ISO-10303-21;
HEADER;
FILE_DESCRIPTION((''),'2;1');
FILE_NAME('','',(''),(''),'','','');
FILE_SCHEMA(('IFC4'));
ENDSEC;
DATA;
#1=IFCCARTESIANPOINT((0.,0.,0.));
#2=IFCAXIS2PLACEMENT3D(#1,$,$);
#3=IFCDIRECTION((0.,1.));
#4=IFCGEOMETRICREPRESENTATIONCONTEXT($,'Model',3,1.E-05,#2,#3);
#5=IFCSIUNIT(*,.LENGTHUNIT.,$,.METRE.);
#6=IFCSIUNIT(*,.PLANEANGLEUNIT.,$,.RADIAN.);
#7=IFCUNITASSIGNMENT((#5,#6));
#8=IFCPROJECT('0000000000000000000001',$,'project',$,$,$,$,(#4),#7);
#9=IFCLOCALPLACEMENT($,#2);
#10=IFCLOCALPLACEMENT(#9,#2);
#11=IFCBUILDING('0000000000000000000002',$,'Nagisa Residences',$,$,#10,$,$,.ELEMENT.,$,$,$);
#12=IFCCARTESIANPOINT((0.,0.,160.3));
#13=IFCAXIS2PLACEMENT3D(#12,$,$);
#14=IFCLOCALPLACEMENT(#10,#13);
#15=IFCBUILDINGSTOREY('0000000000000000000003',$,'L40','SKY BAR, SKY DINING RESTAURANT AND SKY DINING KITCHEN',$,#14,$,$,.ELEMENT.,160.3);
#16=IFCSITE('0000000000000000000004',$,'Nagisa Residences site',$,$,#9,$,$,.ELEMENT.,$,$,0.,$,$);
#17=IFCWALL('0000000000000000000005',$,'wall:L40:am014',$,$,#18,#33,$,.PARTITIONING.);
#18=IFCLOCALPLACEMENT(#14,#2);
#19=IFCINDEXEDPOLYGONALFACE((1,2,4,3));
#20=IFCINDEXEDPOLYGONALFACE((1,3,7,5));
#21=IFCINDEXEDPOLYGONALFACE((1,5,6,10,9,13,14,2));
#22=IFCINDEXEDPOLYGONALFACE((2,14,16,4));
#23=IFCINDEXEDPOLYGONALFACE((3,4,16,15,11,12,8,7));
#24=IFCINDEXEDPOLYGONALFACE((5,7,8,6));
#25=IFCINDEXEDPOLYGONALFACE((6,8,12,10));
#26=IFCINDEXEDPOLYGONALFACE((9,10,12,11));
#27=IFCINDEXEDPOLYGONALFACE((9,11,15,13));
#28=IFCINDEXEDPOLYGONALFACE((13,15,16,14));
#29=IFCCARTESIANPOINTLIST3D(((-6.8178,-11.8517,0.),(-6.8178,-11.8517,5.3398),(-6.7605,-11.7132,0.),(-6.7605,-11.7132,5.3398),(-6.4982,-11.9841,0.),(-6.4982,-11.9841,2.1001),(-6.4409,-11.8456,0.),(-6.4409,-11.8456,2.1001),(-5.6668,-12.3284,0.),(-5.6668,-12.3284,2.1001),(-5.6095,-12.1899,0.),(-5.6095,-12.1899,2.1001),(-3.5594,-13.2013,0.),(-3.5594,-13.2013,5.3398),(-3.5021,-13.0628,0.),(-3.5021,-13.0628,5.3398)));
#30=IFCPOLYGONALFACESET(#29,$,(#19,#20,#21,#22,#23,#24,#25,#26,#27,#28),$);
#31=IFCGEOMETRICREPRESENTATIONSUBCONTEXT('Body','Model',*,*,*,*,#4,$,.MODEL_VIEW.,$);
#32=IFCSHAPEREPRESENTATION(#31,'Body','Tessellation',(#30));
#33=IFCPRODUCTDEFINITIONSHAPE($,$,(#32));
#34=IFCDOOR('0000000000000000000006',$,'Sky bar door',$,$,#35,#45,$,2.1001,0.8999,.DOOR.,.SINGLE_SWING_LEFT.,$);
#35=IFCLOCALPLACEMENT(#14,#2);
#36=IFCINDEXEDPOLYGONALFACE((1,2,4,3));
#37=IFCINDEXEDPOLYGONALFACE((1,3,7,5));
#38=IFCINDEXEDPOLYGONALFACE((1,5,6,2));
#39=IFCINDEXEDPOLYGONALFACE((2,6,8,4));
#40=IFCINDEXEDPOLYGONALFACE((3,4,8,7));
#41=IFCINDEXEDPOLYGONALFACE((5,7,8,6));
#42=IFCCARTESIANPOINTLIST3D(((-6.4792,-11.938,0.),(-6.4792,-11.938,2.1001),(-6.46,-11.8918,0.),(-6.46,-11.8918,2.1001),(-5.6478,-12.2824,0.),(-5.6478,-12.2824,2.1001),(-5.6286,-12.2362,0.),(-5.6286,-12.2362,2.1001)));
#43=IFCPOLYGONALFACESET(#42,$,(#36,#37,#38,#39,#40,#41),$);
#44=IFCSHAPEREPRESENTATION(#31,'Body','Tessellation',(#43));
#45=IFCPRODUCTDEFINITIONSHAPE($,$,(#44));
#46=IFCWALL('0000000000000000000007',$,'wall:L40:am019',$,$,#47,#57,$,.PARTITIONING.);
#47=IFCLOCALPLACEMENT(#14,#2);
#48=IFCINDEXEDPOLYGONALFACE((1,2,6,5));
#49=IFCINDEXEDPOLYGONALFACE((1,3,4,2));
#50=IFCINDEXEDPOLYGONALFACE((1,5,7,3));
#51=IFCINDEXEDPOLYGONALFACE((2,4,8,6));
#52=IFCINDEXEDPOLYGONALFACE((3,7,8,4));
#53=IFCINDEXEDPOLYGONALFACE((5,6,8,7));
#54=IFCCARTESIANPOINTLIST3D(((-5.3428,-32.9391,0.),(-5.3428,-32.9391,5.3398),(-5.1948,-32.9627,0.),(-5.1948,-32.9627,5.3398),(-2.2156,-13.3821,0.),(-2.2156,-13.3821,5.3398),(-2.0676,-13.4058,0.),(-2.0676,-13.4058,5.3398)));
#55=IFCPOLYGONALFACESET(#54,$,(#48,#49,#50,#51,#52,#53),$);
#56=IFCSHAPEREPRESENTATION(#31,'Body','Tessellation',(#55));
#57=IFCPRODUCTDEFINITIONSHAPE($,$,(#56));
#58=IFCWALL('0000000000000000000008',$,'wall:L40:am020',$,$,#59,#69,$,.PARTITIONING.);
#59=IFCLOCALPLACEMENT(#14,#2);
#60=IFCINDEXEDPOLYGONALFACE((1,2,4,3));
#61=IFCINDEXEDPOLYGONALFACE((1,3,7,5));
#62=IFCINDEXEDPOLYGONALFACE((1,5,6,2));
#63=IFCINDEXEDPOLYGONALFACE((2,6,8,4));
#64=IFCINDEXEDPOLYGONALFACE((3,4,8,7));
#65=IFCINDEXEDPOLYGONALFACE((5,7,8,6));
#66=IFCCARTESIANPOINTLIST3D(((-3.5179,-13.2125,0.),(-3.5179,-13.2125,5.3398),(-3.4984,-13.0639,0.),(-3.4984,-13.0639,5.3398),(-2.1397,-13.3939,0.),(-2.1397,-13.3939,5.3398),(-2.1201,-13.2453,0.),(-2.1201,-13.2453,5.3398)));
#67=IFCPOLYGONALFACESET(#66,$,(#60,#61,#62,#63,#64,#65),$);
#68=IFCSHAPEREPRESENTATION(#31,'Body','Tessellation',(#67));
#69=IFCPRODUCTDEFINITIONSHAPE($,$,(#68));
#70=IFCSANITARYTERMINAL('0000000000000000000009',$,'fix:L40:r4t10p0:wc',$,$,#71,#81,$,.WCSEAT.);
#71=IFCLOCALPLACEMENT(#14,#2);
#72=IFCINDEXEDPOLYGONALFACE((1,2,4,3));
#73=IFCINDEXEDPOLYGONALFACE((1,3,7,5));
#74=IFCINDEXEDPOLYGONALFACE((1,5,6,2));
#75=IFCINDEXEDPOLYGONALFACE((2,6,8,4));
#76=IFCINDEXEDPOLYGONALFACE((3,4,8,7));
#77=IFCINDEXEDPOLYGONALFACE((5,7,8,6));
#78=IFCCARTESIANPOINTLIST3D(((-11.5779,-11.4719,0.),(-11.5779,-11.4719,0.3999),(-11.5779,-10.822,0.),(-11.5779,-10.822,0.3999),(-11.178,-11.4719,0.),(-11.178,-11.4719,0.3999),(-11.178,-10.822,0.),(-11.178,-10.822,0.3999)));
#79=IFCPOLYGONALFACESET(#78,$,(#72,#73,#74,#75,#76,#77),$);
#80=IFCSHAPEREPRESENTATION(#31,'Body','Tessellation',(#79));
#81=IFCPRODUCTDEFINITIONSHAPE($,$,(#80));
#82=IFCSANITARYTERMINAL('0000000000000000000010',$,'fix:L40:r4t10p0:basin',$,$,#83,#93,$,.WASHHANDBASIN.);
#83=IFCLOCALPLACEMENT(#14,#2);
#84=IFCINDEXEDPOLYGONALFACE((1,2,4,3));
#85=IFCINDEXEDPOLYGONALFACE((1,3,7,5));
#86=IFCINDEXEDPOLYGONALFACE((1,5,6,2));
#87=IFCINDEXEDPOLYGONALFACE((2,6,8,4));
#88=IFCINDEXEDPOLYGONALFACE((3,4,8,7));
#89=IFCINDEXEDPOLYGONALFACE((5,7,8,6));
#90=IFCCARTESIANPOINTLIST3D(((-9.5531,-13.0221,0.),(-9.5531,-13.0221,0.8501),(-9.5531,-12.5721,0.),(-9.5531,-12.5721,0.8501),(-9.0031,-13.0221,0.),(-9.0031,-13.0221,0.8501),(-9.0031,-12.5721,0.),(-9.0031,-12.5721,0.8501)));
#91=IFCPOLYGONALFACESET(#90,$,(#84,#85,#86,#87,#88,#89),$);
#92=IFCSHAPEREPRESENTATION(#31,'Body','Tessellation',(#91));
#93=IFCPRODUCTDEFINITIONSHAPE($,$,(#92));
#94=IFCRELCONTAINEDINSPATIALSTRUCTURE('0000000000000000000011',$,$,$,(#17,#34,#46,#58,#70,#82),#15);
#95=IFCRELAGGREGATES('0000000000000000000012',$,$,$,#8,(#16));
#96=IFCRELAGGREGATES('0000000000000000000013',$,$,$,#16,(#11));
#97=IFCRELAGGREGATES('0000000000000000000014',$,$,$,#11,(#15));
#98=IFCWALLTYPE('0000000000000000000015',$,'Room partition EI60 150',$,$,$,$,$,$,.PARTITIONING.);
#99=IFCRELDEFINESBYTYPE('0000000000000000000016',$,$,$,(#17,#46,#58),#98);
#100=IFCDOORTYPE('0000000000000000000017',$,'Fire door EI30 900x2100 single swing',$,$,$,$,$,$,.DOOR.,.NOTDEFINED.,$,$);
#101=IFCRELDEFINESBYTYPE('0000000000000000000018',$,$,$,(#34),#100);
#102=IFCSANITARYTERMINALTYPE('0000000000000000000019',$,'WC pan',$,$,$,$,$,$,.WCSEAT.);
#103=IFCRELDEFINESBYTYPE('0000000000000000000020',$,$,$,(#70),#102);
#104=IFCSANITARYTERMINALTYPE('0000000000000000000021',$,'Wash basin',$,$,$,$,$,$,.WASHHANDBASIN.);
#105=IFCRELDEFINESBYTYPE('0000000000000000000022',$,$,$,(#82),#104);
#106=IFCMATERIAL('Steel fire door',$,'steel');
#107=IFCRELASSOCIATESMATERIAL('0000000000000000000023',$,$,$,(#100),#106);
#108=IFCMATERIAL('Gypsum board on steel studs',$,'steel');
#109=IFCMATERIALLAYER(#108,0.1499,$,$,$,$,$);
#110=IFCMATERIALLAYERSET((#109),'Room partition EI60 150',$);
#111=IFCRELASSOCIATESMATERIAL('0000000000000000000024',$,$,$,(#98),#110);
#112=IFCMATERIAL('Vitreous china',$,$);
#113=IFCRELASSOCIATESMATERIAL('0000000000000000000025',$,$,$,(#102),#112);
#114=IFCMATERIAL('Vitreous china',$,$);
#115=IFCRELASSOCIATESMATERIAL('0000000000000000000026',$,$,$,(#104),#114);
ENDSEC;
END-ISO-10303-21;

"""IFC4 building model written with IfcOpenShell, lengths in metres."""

from ifc_helpers import new_model, si_unit, direction, frame, frame_2d, origin, origin_2d, place, context, subcontext, project, spatial, rectangle, extrude, material, layer, layer_set, type_object, element, fill, save


model = new_model("IFC4")

# Units and contexts
model_context = context("Model", 3, precision=1e-05, world=origin(), true_north=direction((0.0, 1.0)))
body_context = subcontext(model_context, "Body", "Model", "MODEL_VIEW")
ifc_project = project(units=[si_unit("LENGTHUNIT", "METRE"), si_unit("PLANEANGLEUNIT", "RADIAN")], contexts=[model_context])

# Site, building, storey
site_placement = place(None, origin())
site = spatial("IfcSite", under=ifc_project, at=site_placement, Name="Nagisa Residences site", CompositionType="ELEMENT", RefElevation=0.0)
building_placement = place(site_placement, origin())
building = spatial("IfcBuilding", under=site, at=building_placement, Name="Nagisa Residences", CompositionType="ELEMENT")
storey_placement = place(building_placement, frame((0.0, 0.0, 160.3)))
storey = spatial("IfcBuildingStorey", under=building, at=storey_placement, Name="L40", Description="SKY BAR, SKY DINING RESTAURANT AND SKY DINING KITCHEN", CompositionType="ELEMENT", Elevation=160.3)

# Shared definitions
ifc_material_1 = material(Name="Steel fire door", Category="steel")
door_type_1 = type_object("IfcDoorType", Name="Fire door EI30 900x2100 single swing", OperationType="NOTDEFINED", PredefinedType="DOOR", material=ifc_material_1)

# Shared definitions
ifc_material_2 = material(Name="Gypsum board on steel studs", Category="steel")
ifc_layer_1 = layer(ifc_material_2, 0.1499)
ifc_layer_set_1 = layer_set([ifc_layer_1], Name="Room partition EI60 150")
wall_type_1 = type_object("IfcWallType", Name="Room partition EI60 150", PredefinedType="PARTITIONING", material=ifc_layer_set_1)

# Wall, opening, door
wall_1_placement = place(storey_placement, frame((-3.5308, -13.1321, 0.0), z_axis=(0.0, 0.0, 1.0), x_axis=(-0.923882, 0.382678, 0.0)))
wall_1 = element("IfcWall", 1, at=wall_1_placement, inside=storey, type_object=wall_type_1, Name="wall:L40:am014", PredefinedType="PARTITIONING", context=body_context, shape_type="SweptSolid", body=[
    extrude(rectangle(XDim=3.5269, YDim=0.1499, at=frame_2d((1.7634, 0.0))), origin(), (0.0, 0.0, 1.0), 5.3398),
])
opening_1_placement = place(wall_1_placement, frame((2.281, 0.0, 0.0)))
opening_1 = element("IfcOpeningElement", 2, at=opening_1_placement, cuts=wall_1, PredefinedType="OPENING", context=body_context, shape_type="SweptSolid", body=[
    extrude(rectangle(XDim=0.8999, YDim=2.1001, at=frame_2d((0.45, 1.05))), frame((0.0, 0.085, 0.0), z_axis=(0.0, -1.0, 0.0), x_axis=(1.0, 0.0, 0.0)), (0.0, 0.0, 1.0), 0.1699),
])
door_1_placement = place(opening_1_placement, frame((0.8999, 0.0, 0.0), x_axis=(-1.0, 0.0, 0.0)))
door_1 = element("IfcDoor", 3, at=door_1_placement, inside=storey, type_object=door_type_1, Name="Sky bar door", OperationType="SINGLE_SWING_LEFT", OverallHeight=2.1001, OverallWidth=0.8999, PredefinedType="DOOR", context=body_context, shape_type="SweptSolid", body=[
    extrude(rectangle(XDim=0.8999, YDim=2.1001, at=frame_2d((0.45, 1.05))), frame((0.0, 0.0249, 0.0), z_axis=(0.0, -1.0, 0.0), x_axis=(1.0, 0.0, 0.0)), (0.0, 0.0, 1.0), 0.05),
])
fill(opening_1, door_1)

# Walls
wall_2_placement = place(storey_placement, frame((-2.1416, -13.3938, 0.0), z_axis=(0.0, 0.0, 1.0), x_axis=(-0.157897, -0.987456, 0.0)))
element("IfcWall", 4, at=wall_2_placement, inside=storey, type_object=wall_type_1, Name="wall:L40:am019", PredefinedType="PARTITIONING", context=body_context, shape_type="SweptSolid", body=[
    extrude(rectangle(XDim=19.8054, YDim=0.1499, at=frame_2d((9.9028, 0.0))), origin(), (0.0, 0.0, 1.0), 5.3398),
])
wall_3_placement = place(storey_placement, frame((-2.1299, -13.3196, 0.0), z_axis=(0.0, 0.0, 1.0), x_axis=(-0.991449, 0.130495, 0.0)))
element("IfcWall", 5, at=wall_3_placement, inside=storey, type_object=wall_type_1, Name="wall:L40:am020", PredefinedType="PARTITIONING", context=body_context, shape_type="SweptSolid", body=[
    extrude(rectangle(XDim=1.3901, YDim=0.1499, at=frame_2d((0.6951, 0.0))), origin(), (0.0, 0.0, 1.0), 5.3398),
])

# Sanitary terminals
ifc_material_3 = material(Name="Vitreous china")
sanitary_terminal_type_1 = type_object("IfcSanitaryTerminalType", Name="WC pan", PredefinedType="WCSEAT", material=ifc_material_3)
sanitary_terminal_1_placement = place(storey_placement, frame((-11.3779, -11.147, 0.0), z_axis=(0.0, 0.0, 1.0), x_axis=(1.0, 0.0, 0.0)))
element("IfcSanitaryTerminal", 6, at=sanitary_terminal_1_placement, inside=storey, type_object=sanitary_terminal_type_1, Name="fix:L40:r4t10p0:wc", PredefinedType="WCSEAT", context=body_context, shape_type="SweptSolid", body=[
    extrude(rectangle(XDim=0.3999, YDim=0.6499, at=origin_2d()), origin(), (0.0, 0.0, 1.0), 0.3999),
])
ifc_material_4 = material(Name="Vitreous china")
sanitary_terminal_type_2 = type_object("IfcSanitaryTerminalType", Name="Wash basin", PredefinedType="WASHHANDBASIN", material=ifc_material_4)
sanitary_terminal_2_placement = place(storey_placement, frame((-9.2781, -12.7971, 0.0), z_axis=(0.0, 0.0, 1.0), x_axis=(1.0, 0.0, 0.0)))
element("IfcSanitaryTerminal", 7, at=sanitary_terminal_2_placement, inside=storey, type_object=sanitary_terminal_type_2, Name="fix:L40:r4t10p0:basin", PredefinedType="WASHHANDBASIN", context=body_context, shape_type="SweptSolid", body=[
    extrude(rectangle(XDim=0.55, YDim=0.45, at=origin_2d()), origin(), (0.0, 0.0, 1.0), 0.8501),
])

save(model, "model.ifc")
